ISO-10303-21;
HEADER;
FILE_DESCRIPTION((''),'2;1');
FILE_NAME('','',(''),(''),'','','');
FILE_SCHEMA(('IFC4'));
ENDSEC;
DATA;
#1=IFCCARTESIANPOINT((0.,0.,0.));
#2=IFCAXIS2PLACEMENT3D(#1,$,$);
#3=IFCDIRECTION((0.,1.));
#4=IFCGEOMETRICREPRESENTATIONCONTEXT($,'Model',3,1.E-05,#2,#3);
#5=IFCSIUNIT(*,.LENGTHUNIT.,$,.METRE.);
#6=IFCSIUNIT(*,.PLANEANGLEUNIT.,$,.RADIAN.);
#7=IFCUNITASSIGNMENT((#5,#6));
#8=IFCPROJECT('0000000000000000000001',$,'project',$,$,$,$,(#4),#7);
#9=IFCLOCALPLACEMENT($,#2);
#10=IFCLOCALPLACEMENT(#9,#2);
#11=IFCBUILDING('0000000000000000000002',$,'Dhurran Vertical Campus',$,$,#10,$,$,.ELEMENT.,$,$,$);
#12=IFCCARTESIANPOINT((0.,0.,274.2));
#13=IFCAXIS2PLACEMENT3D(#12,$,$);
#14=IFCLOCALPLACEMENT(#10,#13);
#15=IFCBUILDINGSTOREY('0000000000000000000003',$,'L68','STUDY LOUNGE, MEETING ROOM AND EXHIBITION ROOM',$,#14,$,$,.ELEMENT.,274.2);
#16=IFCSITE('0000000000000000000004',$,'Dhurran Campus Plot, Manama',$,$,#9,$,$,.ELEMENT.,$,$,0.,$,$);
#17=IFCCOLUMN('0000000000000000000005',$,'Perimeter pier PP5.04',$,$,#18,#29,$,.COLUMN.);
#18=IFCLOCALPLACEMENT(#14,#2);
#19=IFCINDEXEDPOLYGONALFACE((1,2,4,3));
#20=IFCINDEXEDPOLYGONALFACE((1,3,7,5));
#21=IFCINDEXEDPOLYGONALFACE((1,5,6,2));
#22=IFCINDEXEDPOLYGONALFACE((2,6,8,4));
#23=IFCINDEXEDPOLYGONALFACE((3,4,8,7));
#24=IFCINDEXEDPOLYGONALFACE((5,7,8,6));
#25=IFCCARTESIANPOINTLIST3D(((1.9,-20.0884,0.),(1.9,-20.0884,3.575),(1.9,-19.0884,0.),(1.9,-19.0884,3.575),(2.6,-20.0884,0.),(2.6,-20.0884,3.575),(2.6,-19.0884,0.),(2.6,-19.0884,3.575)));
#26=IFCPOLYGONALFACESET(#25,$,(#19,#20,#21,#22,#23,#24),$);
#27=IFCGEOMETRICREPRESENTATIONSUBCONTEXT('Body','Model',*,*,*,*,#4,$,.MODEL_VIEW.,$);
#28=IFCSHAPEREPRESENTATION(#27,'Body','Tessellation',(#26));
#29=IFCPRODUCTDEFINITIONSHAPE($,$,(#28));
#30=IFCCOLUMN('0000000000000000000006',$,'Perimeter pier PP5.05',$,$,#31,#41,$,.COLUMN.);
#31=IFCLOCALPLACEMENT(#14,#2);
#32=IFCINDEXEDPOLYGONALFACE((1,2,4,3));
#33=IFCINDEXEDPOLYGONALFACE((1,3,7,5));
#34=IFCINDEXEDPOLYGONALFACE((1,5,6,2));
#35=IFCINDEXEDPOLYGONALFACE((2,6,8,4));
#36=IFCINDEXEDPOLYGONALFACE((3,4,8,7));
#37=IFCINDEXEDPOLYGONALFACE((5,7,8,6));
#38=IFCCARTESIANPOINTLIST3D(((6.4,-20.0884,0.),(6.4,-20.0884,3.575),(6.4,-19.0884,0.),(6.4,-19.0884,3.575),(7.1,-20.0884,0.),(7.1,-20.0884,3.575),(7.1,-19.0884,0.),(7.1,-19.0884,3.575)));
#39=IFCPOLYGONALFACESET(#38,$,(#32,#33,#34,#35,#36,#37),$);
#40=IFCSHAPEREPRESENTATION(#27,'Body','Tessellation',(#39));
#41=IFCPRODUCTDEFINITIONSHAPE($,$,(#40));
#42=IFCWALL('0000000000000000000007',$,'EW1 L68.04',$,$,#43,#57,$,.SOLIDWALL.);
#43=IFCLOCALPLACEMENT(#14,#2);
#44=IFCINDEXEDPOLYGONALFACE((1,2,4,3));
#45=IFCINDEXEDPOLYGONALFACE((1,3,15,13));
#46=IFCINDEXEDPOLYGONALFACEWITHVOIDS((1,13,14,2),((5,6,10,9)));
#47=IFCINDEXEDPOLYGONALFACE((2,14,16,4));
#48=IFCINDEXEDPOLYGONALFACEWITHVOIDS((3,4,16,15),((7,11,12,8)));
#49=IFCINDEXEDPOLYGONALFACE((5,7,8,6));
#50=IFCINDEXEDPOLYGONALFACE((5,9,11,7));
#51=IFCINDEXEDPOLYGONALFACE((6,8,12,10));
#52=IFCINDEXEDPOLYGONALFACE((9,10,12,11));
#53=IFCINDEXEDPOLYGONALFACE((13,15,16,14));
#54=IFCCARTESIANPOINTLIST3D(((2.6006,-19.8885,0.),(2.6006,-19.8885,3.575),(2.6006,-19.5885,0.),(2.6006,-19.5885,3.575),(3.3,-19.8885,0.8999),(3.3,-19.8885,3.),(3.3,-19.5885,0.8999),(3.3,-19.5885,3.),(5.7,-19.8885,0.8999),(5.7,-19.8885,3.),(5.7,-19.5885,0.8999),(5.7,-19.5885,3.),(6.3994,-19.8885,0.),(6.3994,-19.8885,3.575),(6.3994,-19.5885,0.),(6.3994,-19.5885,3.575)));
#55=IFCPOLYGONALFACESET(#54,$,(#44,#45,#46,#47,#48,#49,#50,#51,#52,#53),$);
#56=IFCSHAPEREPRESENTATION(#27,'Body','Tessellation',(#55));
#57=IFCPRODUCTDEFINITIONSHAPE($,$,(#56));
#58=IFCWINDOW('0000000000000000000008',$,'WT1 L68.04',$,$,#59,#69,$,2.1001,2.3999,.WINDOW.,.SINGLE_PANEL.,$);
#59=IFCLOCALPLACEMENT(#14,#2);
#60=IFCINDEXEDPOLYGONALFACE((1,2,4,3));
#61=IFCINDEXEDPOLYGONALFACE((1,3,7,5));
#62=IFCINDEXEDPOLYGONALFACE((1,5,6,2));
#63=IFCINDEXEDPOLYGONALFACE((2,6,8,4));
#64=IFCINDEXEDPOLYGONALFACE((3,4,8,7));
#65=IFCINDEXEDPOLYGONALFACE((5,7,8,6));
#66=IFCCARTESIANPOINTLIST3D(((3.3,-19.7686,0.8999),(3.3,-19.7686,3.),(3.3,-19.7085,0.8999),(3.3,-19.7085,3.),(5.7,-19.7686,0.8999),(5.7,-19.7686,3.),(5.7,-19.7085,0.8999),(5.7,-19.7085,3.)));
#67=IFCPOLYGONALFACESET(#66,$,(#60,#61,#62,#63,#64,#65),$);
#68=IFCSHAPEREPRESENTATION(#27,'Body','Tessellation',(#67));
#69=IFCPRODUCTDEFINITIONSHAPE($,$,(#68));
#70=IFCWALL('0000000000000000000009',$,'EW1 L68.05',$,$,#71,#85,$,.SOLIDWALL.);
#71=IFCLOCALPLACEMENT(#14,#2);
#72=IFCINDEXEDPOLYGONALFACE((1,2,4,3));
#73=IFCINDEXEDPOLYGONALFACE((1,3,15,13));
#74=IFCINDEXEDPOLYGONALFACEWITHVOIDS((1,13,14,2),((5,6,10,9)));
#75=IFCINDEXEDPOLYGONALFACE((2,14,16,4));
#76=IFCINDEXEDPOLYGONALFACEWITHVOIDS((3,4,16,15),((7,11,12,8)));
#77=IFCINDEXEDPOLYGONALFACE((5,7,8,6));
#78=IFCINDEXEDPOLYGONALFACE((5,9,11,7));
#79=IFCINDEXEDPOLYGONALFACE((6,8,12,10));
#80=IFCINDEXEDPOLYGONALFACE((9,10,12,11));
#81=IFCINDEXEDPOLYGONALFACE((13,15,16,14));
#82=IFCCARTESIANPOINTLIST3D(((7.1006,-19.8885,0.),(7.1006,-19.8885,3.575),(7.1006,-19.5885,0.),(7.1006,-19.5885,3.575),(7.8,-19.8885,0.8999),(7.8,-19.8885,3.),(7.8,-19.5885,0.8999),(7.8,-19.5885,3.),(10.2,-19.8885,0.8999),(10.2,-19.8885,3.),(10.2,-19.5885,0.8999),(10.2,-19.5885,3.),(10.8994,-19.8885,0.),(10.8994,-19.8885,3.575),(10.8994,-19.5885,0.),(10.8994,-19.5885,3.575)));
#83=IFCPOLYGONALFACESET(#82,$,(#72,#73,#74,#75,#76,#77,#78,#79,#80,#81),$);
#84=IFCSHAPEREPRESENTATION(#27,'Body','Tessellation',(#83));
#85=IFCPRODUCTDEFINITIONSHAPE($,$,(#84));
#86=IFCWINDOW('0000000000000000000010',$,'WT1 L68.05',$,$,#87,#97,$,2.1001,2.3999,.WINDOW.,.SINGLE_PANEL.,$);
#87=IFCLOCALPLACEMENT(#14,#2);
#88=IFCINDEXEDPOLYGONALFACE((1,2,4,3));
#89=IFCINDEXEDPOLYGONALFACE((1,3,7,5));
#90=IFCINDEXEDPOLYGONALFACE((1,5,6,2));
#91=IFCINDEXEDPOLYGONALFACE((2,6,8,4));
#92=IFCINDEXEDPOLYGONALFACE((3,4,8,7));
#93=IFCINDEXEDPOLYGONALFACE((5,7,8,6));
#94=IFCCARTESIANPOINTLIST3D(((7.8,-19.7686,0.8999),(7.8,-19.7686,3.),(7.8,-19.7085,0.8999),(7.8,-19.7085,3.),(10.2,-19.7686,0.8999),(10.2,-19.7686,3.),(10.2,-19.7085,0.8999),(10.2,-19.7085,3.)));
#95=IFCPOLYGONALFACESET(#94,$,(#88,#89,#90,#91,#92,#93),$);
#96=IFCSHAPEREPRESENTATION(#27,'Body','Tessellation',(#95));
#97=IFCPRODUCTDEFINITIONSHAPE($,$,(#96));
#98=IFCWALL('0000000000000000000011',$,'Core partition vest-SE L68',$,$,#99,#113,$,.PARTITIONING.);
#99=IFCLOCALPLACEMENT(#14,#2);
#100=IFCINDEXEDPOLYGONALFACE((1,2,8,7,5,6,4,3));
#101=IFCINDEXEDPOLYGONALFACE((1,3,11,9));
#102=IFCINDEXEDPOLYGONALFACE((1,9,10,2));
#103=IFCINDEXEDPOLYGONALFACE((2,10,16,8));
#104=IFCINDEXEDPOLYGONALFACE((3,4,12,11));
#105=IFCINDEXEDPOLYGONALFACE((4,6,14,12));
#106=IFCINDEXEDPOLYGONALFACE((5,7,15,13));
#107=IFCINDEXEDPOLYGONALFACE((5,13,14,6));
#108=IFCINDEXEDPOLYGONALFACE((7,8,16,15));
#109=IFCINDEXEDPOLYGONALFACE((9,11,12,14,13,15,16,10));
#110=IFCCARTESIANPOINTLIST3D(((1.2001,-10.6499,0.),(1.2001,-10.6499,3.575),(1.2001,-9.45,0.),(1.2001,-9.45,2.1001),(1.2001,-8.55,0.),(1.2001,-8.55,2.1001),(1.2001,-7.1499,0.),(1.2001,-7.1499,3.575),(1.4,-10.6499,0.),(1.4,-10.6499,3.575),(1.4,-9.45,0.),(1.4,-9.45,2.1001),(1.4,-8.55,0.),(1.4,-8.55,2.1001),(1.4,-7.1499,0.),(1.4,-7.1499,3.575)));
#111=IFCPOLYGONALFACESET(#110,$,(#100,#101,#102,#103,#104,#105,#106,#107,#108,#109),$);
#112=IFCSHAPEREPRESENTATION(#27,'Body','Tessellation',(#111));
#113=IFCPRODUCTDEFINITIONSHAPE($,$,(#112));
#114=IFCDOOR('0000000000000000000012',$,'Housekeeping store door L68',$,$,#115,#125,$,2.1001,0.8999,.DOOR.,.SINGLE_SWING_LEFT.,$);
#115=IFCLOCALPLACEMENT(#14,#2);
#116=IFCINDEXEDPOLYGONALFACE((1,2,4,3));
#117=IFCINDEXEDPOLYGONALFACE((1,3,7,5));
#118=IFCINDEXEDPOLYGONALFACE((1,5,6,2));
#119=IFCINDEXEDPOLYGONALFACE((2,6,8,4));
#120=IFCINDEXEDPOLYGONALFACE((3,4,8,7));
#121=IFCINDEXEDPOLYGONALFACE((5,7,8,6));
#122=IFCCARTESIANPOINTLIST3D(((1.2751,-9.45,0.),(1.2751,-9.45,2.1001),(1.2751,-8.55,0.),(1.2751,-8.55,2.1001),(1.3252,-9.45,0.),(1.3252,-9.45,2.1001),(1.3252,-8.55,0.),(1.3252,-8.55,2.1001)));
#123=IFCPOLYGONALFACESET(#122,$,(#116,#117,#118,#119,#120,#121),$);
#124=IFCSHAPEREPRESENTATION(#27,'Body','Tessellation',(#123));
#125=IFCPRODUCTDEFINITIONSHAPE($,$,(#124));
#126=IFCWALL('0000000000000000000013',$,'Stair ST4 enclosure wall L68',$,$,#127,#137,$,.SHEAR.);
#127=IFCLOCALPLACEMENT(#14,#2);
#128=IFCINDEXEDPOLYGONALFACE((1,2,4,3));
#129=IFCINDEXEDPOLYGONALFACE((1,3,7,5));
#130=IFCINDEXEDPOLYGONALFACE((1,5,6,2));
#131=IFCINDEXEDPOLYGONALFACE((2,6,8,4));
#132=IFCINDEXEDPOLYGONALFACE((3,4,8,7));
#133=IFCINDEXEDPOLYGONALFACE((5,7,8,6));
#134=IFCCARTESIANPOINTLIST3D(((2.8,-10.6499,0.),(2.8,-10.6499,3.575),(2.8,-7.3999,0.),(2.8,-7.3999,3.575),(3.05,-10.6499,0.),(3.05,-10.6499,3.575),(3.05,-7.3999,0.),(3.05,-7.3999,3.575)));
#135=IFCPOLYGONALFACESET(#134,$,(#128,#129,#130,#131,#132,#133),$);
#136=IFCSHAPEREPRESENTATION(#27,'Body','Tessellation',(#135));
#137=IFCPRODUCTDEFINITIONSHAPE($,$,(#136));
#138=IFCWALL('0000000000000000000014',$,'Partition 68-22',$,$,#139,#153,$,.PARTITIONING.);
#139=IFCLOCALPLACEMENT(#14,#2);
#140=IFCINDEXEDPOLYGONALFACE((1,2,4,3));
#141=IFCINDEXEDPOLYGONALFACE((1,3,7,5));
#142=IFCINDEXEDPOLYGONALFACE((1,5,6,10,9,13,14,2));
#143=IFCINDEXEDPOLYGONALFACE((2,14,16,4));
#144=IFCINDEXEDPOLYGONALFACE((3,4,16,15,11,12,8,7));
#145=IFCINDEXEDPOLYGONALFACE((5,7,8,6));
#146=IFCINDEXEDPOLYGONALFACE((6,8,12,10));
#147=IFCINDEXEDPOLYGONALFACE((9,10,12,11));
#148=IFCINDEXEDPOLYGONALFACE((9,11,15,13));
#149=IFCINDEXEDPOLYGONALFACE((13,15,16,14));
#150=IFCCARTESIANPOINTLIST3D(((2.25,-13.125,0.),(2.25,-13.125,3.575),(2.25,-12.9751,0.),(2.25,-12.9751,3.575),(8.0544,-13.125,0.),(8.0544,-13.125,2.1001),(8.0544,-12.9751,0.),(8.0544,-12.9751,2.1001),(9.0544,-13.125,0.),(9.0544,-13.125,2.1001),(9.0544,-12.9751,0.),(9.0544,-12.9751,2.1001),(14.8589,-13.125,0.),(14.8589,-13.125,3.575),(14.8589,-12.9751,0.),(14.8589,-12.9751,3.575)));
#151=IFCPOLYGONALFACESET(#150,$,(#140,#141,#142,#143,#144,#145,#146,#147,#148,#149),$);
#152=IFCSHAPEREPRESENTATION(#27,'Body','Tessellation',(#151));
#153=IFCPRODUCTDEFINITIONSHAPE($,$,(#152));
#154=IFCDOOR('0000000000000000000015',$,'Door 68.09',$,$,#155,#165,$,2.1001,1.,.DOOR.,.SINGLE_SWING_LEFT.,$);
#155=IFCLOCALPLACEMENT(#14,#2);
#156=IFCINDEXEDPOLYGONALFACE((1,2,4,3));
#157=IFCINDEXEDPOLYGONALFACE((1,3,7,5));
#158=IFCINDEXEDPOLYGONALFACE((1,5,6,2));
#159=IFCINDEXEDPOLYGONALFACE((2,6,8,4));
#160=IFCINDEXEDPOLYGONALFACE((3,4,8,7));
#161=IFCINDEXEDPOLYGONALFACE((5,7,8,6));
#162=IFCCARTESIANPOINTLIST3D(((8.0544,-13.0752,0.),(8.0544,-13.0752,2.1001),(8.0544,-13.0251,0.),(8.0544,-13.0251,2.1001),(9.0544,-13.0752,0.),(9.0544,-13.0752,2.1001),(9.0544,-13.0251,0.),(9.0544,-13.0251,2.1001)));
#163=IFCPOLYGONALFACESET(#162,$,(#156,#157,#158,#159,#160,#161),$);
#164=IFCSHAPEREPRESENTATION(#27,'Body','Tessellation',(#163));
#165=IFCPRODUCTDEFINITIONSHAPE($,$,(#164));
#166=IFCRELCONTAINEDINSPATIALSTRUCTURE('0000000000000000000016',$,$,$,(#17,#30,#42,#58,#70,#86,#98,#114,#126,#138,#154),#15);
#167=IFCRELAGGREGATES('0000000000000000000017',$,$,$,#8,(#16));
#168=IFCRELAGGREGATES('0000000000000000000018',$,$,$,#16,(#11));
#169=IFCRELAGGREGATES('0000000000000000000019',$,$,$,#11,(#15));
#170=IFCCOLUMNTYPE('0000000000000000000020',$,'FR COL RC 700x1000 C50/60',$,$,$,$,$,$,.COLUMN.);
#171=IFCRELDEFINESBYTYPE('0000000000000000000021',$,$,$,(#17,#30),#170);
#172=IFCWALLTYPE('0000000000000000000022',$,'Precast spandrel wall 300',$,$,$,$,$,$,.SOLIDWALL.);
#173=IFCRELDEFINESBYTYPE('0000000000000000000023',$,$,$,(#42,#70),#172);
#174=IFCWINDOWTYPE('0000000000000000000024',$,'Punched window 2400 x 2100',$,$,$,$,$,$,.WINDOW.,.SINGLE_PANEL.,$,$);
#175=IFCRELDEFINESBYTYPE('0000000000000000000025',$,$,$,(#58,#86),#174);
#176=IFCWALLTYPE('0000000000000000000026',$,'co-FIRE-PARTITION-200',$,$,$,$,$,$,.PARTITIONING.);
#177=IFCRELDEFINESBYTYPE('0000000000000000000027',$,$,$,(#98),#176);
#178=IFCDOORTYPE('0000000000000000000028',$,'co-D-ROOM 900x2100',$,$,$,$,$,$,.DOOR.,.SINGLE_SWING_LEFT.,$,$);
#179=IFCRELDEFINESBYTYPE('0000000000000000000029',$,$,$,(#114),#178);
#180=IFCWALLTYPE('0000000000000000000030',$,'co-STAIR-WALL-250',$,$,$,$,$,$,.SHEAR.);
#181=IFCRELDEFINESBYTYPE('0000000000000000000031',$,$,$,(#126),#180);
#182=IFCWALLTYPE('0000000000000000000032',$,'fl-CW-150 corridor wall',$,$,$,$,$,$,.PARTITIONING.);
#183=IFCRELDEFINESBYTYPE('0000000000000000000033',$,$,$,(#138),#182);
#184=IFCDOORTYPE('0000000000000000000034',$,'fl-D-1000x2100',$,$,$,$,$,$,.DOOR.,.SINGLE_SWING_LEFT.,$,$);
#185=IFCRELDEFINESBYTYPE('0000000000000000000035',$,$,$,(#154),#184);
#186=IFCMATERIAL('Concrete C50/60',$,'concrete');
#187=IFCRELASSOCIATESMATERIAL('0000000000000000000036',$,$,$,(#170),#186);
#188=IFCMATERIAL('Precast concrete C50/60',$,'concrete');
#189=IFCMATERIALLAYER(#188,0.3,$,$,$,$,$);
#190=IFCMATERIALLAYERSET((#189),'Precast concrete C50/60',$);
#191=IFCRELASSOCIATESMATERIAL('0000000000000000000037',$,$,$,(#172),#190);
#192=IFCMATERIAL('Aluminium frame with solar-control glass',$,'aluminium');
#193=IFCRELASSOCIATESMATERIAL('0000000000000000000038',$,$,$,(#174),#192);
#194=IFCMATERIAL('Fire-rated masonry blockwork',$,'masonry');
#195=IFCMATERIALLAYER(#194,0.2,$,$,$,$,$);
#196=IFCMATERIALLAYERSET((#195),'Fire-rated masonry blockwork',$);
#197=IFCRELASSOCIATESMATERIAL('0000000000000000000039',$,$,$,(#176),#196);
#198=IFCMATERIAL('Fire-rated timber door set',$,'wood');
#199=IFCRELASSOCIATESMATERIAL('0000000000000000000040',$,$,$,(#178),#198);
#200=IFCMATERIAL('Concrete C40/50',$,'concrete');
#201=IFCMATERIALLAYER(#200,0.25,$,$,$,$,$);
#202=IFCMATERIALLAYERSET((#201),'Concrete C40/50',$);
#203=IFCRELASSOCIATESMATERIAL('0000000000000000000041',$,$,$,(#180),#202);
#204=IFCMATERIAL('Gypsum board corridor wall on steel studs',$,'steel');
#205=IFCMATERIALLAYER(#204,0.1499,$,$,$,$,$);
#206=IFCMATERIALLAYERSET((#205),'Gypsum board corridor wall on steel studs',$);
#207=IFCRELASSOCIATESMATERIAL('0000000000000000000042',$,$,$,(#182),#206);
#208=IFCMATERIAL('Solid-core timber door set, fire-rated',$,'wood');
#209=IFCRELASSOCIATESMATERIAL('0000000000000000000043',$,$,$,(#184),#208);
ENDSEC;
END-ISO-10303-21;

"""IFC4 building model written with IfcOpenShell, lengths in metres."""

from ifc_helpers import new_model, si_unit, direction, frame, frame_2d, origin, origin_2d, place, context, subcontext, project, spatial, rectangle, extrude, material, layer, layer_set, material_profile, profile_set, type_object, element, fill, save


model = new_model("IFC4")

# Units and contexts
model_context = context("Model", 3, precision=1e-05, world=origin(), true_north=direction((0.0, 1.0)))
body_context = subcontext(model_context, "Body", "Model", "MODEL_VIEW")
ifc_project = project(units=[si_unit("LENGTHUNIT", "METRE"), si_unit("PLANEANGLEUNIT", "RADIAN")], contexts=[model_context])

# Site, building, storey
site_placement = place(None, origin())
site = spatial("IfcSite", under=ifc_project, at=site_placement, Name="Dhurran Campus Plot, Manama", CompositionType="ELEMENT", RefElevation=0.0)
building_placement = place(site_placement, origin())
building = spatial("IfcBuilding", under=site, at=building_placement, Name="Dhurran Vertical Campus", CompositionType="ELEMENT")
storey_placement = place(building_placement, frame((0.0, 0.0, 274.2)))
storey = spatial("IfcBuildingStorey", under=building, at=storey_placement, Name="L68", Description="STUDY LOUNGE, MEETING ROOM AND EXHIBITION ROOM", CompositionType="ELEMENT", Elevation=274.2)

# Columns
ifc_material_1 = material(Name="Concrete C50/60", Category="concrete")
ifc_material_profile = material_profile(ifc_material_1, rectangle(XDim=0.7, YDim=1.0, at=origin_2d()), Name="RC 700x1000")
ifc_profile_set = profile_set([ifc_material_profile], Name="Concrete C50/60")
column_type = type_object("IfcColumnType", Name="FR COL RC 700x1000 C50/60", PredefinedType="COLUMN", material=ifc_profile_set)
for number, where, z_axis, x_axis, name in (
    (1, (2.25, -19.5884, 0.0), (0.0, 0.0, 1.0), (1.0, 0.0, 0.0), "Perimeter pier PP5.04"),
    (2, (6.75, -19.5884, 0.0), (0.0, 0.0, 1.0), (1.0, 0.0, 0.0), "Perimeter pier PP5.05"),
):
    element("IfcColumn", number, at=place(storey_placement, frame(where, z_axis=z_axis, x_axis=x_axis)), inside=storey, type_object=column_type, Name=name, PredefinedType="COLUMN", context=body_context, shape_type="SweptSolid", body=[
        extrude(rectangle(XDim=0.7, YDim=1.0, at=origin_2d()), origin(), (0.0, 0.0, 1.0), 3.575),
    ])

# Walls, openings, windows
ifc_material_2 = material(Name="Precast concrete C50/60", Category="concrete")
ifc_layer_1 = layer(ifc_material_2, 0.3)
ifc_layer_set_1 = layer_set([ifc_layer_1], Name="Precast concrete C50/60")
wall_type_1 = type_object("IfcWallType", Name="Precast spandrel wall 300", PredefinedType="SOLIDWALL", material=ifc_layer_set_1)
wall_1_placement = place(storey_placement, frame((2.6006, -19.7385, 0.0), z_axis=(0.0, 0.0, 1.0), x_axis=(1.0, 0.0, 0.0)))
wall_1 = element("IfcWall", 3, at=wall_1_placement, inside=storey, type_object=wall_type_1, Name="EW1 L68.04", PredefinedType="SOLIDWALL", context=body_context, shape_type="SweptSolid", body=[
    extrude(rectangle(XDim=3.7988, YDim=0.3, at=frame_2d((1.8994, 0.0))), origin(), (0.0, 0.0, 1.0), 3.575),
])
opening_1_placement = place(wall_1_placement, frame((0.6995, 0.0, 0.8999)))
opening_1 = element("IfcOpeningElement", 4, at=opening_1_placement, cuts=wall_1, PredefinedType="OPENING", context=body_context, shape_type="SweptSolid", body=[
    extrude(rectangle(XDim=2.3999, YDim=2.1001, at=frame_2d((1.2, 1.05))), frame((0.0, 0.1599, 0.0), z_axis=(0.0, -1.0, 0.0), x_axis=(1.0, 0.0, 0.0)), (0.0, 0.0, 1.0), 0.3201),
])
ifc_material_3 = material(Name="Aluminium frame with solar-control glass", Category="aluminium")
window_type = type_object("IfcWindowType", Name="Punched window 2400 x 2100", PartitioningType="SINGLE_PANEL", PredefinedType="WINDOW", material=ifc_material_3)
window_1_placement = place(opening_1_placement, origin())
window_1 = element("IfcWindow", 5, at=window_1_placement, inside=storey, type_object=window_type, Name="WT1 L68.04", OverallHeight=2.1001, OverallWidth=2.3999, PartitioningType="SINGLE_PANEL", PredefinedType="WINDOW", context=body_context, shape_type="SweptSolid", body=[
    extrude(rectangle(XDim=2.3999, YDim=2.1001, at=frame_2d((1.2, 1.05))), frame((0.0, 0.03, 0.0), z_axis=(0.0, -1.0, 0.0), x_axis=(1.0, 0.0, 0.0)), (0.0, 0.0, 1.0), 0.0601),
])
fill(opening_1, window_1)
wall_2_placement = place(storey_placement, frame((7.1006, -19.7385, 0.0), z_axis=(0.0, 0.0, 1.0), x_axis=(1.0, 0.0, 0.0)))
wall_2 = element("IfcWall", 6, at=wall_2_placement, inside=storey, type_object=wall_type_1, Name="EW1 L68.05", PredefinedType="SOLIDWALL", context=body_context, shape_type="SweptSolid", body=[
    extrude(rectangle(XDim=3.7988, YDim=0.3, at=frame_2d((1.8994, 0.0))), origin(), (0.0, 0.0, 1.0), 3.575),
])
opening_2_placement = place(wall_2_placement, frame((0.6995, 0.0, 0.8999)))
opening_2 = element("IfcOpeningElement", 7, at=opening_2_placement, cuts=wall_2, PredefinedType="OPENING", context=body_context, shape_type="SweptSolid", body=[
    extrude(rectangle(XDim=2.3999, YDim=2.1001, at=frame_2d((1.2, 1.05))), frame((0.0, 0.1599, 0.0), z_axis=(0.0, -1.0, 0.0), x_axis=(1.0, 0.0, 0.0)), (0.0, 0.0, 1.0), 0.3201),
])
window_2_placement = place(opening_2_placement, origin())
window_2 = element("IfcWindow", 8, at=window_2_placement, inside=storey, type_object=window_type, Name="WT1 L68.05", OverallHeight=2.1001, OverallWidth=2.3999, PartitioningType="SINGLE_PANEL", PredefinedType="WINDOW", context=body_context, shape_type="SweptSolid", body=[
    extrude(rectangle(XDim=2.3999, YDim=2.1001, at=frame_2d((1.2, 1.05))), frame((0.0, 0.03, 0.0), z_axis=(0.0, -1.0, 0.0), x_axis=(1.0, 0.0, 0.0)), (0.0, 0.0, 1.0), 0.0601),
])
fill(opening_2, window_2)

# Wall, opening, door
ifc_material_4 = material(Name="Fire-rated masonry blockwork", Category="masonry")
ifc_layer_2 = layer(ifc_material_4, 0.2)
ifc_layer_set_2 = layer_set([ifc_layer_2], Name="Fire-rated masonry blockwork")
wall_type_2 = type_object("IfcWallType", Name="co-FIRE-PARTITION-200", PredefinedType="PARTITIONING", material=ifc_layer_set_2)
wall_3_placement = place(storey_placement, frame((1.3, -10.6499, 0.0), z_axis=(0.0, 0.0, 1.0), x_axis=(0.0, 1.0, 0.0)))
wall_3 = element("IfcWall", 9, at=wall_3_placement, inside=storey, type_object=wall_type_2, Name="Core partition vest-SE L68", PredefinedType="PARTITIONING", context=body_context, shape_type="SweptSolid", body=[
    extrude(rectangle(XDim=3.5, YDim=0.2, at=frame_2d((1.75, 0.0))), origin(), (0.0, 0.0, 1.0), 3.575),
])
opening_3_placement = place(wall_3_placement, frame((1.2, 0.0, 0.0)))
opening_3 = element("IfcOpeningElement", 10, at=opening_3_placement, cuts=wall_3, PredefinedType="OPENING", context=body_context, shape_type="SweptSolid", body=[
    extrude(rectangle(XDim=0.8999, YDim=2.1001, at=frame_2d((0.45, 1.05))), frame((0.0, 0.1099, 0.0), z_axis=(0.0, -1.0, 0.0), x_axis=(1.0, 0.0, 0.0)), (0.0, 0.0, 1.0), 0.22),
])
ifc_material_5 = material(Name="Fire-rated timber door set", Category="wood")
door_type_1 = type_object("IfcDoorType", Name="co-D-ROOM 900x2100", OperationType="SINGLE_SWING_LEFT", PredefinedType="DOOR", material=ifc_material_5)
door_1_placement = place(opening_3_placement, origin())
door_1 = element("IfcDoor", 11, at=door_1_placement, inside=storey, type_object=door_type_1, Name="Housekeeping store door L68", OperationType="SINGLE_SWING_LEFT", OverallHeight=2.1001, OverallWidth=0.8999, PredefinedType="DOOR", context=body_context, shape_type="SweptSolid", body=[
    extrude(rectangle(XDim=0.8999, YDim=2.1001, at=frame_2d((0.45, 1.05))), frame((0.0, 0.0249, 0.0), z_axis=(0.0, -1.0, 0.0), x_axis=(1.0, 0.0, 0.0)), (0.0, 0.0, 1.0), 0.05),
])
fill(opening_3, door_1)

# Wall
ifc_material_6 = material(Name="Concrete C40/50", Category="concrete")
ifc_layer_3 = layer(ifc_material_6, 0.25)
ifc_layer_set_3 = layer_set([ifc_layer_3], Name="Concrete C40/50")
wall_type_3 = type_object("IfcWallType", Name="co-STAIR-WALL-250", PredefinedType="SHEAR", material=ifc_layer_set_3)
wall_4_placement = place(storey_placement, frame((2.925, -10.6499, 0.0), z_axis=(0.0, 0.0, 1.0), x_axis=(0.0, 1.0, 0.0)))
element("IfcWall", 12, at=wall_4_placement, inside=storey, type_object=wall_type_3, Name="Stair ST4 enclosure wall L68", PredefinedType="SHEAR", context=body_context, shape_type="SweptSolid", body=[
    extrude(rectangle(XDim=3.25, YDim=0.25, at=frame_2d((1.625, 0.0))), origin(), (0.0, 0.0, 1.0), 3.575),
])

# Wall, opening, door
ifc_material_7 = material(Name="Gypsum board corridor wall on steel studs", Category="steel")
ifc_layer_4 = layer(ifc_material_7, 0.1499)
ifc_layer_set_4 = layer_set([ifc_layer_4], Name="Gypsum board corridor wall on steel studs")
wall_type_4 = type_object("IfcWallType", Name="fl-CW-150 corridor wall", PredefinedType="PARTITIONING", material=ifc_layer_set_4)
wall_5_placement = place(storey_placement, frame((2.25, -13.05, 0.0), z_axis=(0.0, 0.0, 1.0), x_axis=(1.0, 0.0, 0.0)))
wall_5 = element("IfcWall", 13, at=wall_5_placement, inside=storey, type_object=wall_type_4, Name="Partition 68-22", PredefinedType="PARTITIONING", context=body_context, shape_type="SweptSolid", body=[
    extrude(rectangle(XDim=12.6089, YDim=0.1499, at=frame_2d((6.3044, 0.0))), origin(), (0.0, 0.0, 1.0), 3.575),
])
opening_4_placement = place(wall_5_placement, frame((5.8044, 0.0, 0.0)))
opening_4 = element("IfcOpeningElement", 14, at=opening_4_placement, cuts=wall_5, PredefinedType="OPENING", context=body_context, shape_type="SweptSolid", body=[
    extrude(rectangle(XDim=1.0, YDim=2.1001, at=frame_2d((0.5, 1.05))), frame((0.0, 0.085, 0.0), z_axis=(0.0, -1.0, 0.0), x_axis=(1.0, 0.0, 0.0)), (0.0, 0.0, 1.0), 0.1699),
])
ifc_material_8 = material(Name="Solid-core timber door set, fire-rated", Category="wood")
door_type_2 = type_object("IfcDoorType", Name="fl-D-1000x2100", OperationType="SINGLE_SWING_LEFT", PredefinedType="DOOR", material=ifc_material_8)
door_2_placement = place(opening_4_placement, origin())
door_2 = element("IfcDoor", 15, at=door_2_placement, inside=storey, type_object=door_type_2, Name="Door 68.09", OperationType="SINGLE_SWING_LEFT", OverallHeight=2.1001, OverallWidth=1.0, PredefinedType="DOOR", context=body_context, shape_type="SweptSolid", body=[
    extrude(rectangle(XDim=1.0, YDim=2.1001, at=frame_2d((0.5, 1.05))), frame((0.0, 0.0249, 0.0), z_axis=(0.0, -1.0, 0.0), x_axis=(1.0, 0.0, 0.0)), (0.0, 0.0, 1.0), 0.05),
])
fill(opening_4, door_2)

save(model, "model.ifc")
